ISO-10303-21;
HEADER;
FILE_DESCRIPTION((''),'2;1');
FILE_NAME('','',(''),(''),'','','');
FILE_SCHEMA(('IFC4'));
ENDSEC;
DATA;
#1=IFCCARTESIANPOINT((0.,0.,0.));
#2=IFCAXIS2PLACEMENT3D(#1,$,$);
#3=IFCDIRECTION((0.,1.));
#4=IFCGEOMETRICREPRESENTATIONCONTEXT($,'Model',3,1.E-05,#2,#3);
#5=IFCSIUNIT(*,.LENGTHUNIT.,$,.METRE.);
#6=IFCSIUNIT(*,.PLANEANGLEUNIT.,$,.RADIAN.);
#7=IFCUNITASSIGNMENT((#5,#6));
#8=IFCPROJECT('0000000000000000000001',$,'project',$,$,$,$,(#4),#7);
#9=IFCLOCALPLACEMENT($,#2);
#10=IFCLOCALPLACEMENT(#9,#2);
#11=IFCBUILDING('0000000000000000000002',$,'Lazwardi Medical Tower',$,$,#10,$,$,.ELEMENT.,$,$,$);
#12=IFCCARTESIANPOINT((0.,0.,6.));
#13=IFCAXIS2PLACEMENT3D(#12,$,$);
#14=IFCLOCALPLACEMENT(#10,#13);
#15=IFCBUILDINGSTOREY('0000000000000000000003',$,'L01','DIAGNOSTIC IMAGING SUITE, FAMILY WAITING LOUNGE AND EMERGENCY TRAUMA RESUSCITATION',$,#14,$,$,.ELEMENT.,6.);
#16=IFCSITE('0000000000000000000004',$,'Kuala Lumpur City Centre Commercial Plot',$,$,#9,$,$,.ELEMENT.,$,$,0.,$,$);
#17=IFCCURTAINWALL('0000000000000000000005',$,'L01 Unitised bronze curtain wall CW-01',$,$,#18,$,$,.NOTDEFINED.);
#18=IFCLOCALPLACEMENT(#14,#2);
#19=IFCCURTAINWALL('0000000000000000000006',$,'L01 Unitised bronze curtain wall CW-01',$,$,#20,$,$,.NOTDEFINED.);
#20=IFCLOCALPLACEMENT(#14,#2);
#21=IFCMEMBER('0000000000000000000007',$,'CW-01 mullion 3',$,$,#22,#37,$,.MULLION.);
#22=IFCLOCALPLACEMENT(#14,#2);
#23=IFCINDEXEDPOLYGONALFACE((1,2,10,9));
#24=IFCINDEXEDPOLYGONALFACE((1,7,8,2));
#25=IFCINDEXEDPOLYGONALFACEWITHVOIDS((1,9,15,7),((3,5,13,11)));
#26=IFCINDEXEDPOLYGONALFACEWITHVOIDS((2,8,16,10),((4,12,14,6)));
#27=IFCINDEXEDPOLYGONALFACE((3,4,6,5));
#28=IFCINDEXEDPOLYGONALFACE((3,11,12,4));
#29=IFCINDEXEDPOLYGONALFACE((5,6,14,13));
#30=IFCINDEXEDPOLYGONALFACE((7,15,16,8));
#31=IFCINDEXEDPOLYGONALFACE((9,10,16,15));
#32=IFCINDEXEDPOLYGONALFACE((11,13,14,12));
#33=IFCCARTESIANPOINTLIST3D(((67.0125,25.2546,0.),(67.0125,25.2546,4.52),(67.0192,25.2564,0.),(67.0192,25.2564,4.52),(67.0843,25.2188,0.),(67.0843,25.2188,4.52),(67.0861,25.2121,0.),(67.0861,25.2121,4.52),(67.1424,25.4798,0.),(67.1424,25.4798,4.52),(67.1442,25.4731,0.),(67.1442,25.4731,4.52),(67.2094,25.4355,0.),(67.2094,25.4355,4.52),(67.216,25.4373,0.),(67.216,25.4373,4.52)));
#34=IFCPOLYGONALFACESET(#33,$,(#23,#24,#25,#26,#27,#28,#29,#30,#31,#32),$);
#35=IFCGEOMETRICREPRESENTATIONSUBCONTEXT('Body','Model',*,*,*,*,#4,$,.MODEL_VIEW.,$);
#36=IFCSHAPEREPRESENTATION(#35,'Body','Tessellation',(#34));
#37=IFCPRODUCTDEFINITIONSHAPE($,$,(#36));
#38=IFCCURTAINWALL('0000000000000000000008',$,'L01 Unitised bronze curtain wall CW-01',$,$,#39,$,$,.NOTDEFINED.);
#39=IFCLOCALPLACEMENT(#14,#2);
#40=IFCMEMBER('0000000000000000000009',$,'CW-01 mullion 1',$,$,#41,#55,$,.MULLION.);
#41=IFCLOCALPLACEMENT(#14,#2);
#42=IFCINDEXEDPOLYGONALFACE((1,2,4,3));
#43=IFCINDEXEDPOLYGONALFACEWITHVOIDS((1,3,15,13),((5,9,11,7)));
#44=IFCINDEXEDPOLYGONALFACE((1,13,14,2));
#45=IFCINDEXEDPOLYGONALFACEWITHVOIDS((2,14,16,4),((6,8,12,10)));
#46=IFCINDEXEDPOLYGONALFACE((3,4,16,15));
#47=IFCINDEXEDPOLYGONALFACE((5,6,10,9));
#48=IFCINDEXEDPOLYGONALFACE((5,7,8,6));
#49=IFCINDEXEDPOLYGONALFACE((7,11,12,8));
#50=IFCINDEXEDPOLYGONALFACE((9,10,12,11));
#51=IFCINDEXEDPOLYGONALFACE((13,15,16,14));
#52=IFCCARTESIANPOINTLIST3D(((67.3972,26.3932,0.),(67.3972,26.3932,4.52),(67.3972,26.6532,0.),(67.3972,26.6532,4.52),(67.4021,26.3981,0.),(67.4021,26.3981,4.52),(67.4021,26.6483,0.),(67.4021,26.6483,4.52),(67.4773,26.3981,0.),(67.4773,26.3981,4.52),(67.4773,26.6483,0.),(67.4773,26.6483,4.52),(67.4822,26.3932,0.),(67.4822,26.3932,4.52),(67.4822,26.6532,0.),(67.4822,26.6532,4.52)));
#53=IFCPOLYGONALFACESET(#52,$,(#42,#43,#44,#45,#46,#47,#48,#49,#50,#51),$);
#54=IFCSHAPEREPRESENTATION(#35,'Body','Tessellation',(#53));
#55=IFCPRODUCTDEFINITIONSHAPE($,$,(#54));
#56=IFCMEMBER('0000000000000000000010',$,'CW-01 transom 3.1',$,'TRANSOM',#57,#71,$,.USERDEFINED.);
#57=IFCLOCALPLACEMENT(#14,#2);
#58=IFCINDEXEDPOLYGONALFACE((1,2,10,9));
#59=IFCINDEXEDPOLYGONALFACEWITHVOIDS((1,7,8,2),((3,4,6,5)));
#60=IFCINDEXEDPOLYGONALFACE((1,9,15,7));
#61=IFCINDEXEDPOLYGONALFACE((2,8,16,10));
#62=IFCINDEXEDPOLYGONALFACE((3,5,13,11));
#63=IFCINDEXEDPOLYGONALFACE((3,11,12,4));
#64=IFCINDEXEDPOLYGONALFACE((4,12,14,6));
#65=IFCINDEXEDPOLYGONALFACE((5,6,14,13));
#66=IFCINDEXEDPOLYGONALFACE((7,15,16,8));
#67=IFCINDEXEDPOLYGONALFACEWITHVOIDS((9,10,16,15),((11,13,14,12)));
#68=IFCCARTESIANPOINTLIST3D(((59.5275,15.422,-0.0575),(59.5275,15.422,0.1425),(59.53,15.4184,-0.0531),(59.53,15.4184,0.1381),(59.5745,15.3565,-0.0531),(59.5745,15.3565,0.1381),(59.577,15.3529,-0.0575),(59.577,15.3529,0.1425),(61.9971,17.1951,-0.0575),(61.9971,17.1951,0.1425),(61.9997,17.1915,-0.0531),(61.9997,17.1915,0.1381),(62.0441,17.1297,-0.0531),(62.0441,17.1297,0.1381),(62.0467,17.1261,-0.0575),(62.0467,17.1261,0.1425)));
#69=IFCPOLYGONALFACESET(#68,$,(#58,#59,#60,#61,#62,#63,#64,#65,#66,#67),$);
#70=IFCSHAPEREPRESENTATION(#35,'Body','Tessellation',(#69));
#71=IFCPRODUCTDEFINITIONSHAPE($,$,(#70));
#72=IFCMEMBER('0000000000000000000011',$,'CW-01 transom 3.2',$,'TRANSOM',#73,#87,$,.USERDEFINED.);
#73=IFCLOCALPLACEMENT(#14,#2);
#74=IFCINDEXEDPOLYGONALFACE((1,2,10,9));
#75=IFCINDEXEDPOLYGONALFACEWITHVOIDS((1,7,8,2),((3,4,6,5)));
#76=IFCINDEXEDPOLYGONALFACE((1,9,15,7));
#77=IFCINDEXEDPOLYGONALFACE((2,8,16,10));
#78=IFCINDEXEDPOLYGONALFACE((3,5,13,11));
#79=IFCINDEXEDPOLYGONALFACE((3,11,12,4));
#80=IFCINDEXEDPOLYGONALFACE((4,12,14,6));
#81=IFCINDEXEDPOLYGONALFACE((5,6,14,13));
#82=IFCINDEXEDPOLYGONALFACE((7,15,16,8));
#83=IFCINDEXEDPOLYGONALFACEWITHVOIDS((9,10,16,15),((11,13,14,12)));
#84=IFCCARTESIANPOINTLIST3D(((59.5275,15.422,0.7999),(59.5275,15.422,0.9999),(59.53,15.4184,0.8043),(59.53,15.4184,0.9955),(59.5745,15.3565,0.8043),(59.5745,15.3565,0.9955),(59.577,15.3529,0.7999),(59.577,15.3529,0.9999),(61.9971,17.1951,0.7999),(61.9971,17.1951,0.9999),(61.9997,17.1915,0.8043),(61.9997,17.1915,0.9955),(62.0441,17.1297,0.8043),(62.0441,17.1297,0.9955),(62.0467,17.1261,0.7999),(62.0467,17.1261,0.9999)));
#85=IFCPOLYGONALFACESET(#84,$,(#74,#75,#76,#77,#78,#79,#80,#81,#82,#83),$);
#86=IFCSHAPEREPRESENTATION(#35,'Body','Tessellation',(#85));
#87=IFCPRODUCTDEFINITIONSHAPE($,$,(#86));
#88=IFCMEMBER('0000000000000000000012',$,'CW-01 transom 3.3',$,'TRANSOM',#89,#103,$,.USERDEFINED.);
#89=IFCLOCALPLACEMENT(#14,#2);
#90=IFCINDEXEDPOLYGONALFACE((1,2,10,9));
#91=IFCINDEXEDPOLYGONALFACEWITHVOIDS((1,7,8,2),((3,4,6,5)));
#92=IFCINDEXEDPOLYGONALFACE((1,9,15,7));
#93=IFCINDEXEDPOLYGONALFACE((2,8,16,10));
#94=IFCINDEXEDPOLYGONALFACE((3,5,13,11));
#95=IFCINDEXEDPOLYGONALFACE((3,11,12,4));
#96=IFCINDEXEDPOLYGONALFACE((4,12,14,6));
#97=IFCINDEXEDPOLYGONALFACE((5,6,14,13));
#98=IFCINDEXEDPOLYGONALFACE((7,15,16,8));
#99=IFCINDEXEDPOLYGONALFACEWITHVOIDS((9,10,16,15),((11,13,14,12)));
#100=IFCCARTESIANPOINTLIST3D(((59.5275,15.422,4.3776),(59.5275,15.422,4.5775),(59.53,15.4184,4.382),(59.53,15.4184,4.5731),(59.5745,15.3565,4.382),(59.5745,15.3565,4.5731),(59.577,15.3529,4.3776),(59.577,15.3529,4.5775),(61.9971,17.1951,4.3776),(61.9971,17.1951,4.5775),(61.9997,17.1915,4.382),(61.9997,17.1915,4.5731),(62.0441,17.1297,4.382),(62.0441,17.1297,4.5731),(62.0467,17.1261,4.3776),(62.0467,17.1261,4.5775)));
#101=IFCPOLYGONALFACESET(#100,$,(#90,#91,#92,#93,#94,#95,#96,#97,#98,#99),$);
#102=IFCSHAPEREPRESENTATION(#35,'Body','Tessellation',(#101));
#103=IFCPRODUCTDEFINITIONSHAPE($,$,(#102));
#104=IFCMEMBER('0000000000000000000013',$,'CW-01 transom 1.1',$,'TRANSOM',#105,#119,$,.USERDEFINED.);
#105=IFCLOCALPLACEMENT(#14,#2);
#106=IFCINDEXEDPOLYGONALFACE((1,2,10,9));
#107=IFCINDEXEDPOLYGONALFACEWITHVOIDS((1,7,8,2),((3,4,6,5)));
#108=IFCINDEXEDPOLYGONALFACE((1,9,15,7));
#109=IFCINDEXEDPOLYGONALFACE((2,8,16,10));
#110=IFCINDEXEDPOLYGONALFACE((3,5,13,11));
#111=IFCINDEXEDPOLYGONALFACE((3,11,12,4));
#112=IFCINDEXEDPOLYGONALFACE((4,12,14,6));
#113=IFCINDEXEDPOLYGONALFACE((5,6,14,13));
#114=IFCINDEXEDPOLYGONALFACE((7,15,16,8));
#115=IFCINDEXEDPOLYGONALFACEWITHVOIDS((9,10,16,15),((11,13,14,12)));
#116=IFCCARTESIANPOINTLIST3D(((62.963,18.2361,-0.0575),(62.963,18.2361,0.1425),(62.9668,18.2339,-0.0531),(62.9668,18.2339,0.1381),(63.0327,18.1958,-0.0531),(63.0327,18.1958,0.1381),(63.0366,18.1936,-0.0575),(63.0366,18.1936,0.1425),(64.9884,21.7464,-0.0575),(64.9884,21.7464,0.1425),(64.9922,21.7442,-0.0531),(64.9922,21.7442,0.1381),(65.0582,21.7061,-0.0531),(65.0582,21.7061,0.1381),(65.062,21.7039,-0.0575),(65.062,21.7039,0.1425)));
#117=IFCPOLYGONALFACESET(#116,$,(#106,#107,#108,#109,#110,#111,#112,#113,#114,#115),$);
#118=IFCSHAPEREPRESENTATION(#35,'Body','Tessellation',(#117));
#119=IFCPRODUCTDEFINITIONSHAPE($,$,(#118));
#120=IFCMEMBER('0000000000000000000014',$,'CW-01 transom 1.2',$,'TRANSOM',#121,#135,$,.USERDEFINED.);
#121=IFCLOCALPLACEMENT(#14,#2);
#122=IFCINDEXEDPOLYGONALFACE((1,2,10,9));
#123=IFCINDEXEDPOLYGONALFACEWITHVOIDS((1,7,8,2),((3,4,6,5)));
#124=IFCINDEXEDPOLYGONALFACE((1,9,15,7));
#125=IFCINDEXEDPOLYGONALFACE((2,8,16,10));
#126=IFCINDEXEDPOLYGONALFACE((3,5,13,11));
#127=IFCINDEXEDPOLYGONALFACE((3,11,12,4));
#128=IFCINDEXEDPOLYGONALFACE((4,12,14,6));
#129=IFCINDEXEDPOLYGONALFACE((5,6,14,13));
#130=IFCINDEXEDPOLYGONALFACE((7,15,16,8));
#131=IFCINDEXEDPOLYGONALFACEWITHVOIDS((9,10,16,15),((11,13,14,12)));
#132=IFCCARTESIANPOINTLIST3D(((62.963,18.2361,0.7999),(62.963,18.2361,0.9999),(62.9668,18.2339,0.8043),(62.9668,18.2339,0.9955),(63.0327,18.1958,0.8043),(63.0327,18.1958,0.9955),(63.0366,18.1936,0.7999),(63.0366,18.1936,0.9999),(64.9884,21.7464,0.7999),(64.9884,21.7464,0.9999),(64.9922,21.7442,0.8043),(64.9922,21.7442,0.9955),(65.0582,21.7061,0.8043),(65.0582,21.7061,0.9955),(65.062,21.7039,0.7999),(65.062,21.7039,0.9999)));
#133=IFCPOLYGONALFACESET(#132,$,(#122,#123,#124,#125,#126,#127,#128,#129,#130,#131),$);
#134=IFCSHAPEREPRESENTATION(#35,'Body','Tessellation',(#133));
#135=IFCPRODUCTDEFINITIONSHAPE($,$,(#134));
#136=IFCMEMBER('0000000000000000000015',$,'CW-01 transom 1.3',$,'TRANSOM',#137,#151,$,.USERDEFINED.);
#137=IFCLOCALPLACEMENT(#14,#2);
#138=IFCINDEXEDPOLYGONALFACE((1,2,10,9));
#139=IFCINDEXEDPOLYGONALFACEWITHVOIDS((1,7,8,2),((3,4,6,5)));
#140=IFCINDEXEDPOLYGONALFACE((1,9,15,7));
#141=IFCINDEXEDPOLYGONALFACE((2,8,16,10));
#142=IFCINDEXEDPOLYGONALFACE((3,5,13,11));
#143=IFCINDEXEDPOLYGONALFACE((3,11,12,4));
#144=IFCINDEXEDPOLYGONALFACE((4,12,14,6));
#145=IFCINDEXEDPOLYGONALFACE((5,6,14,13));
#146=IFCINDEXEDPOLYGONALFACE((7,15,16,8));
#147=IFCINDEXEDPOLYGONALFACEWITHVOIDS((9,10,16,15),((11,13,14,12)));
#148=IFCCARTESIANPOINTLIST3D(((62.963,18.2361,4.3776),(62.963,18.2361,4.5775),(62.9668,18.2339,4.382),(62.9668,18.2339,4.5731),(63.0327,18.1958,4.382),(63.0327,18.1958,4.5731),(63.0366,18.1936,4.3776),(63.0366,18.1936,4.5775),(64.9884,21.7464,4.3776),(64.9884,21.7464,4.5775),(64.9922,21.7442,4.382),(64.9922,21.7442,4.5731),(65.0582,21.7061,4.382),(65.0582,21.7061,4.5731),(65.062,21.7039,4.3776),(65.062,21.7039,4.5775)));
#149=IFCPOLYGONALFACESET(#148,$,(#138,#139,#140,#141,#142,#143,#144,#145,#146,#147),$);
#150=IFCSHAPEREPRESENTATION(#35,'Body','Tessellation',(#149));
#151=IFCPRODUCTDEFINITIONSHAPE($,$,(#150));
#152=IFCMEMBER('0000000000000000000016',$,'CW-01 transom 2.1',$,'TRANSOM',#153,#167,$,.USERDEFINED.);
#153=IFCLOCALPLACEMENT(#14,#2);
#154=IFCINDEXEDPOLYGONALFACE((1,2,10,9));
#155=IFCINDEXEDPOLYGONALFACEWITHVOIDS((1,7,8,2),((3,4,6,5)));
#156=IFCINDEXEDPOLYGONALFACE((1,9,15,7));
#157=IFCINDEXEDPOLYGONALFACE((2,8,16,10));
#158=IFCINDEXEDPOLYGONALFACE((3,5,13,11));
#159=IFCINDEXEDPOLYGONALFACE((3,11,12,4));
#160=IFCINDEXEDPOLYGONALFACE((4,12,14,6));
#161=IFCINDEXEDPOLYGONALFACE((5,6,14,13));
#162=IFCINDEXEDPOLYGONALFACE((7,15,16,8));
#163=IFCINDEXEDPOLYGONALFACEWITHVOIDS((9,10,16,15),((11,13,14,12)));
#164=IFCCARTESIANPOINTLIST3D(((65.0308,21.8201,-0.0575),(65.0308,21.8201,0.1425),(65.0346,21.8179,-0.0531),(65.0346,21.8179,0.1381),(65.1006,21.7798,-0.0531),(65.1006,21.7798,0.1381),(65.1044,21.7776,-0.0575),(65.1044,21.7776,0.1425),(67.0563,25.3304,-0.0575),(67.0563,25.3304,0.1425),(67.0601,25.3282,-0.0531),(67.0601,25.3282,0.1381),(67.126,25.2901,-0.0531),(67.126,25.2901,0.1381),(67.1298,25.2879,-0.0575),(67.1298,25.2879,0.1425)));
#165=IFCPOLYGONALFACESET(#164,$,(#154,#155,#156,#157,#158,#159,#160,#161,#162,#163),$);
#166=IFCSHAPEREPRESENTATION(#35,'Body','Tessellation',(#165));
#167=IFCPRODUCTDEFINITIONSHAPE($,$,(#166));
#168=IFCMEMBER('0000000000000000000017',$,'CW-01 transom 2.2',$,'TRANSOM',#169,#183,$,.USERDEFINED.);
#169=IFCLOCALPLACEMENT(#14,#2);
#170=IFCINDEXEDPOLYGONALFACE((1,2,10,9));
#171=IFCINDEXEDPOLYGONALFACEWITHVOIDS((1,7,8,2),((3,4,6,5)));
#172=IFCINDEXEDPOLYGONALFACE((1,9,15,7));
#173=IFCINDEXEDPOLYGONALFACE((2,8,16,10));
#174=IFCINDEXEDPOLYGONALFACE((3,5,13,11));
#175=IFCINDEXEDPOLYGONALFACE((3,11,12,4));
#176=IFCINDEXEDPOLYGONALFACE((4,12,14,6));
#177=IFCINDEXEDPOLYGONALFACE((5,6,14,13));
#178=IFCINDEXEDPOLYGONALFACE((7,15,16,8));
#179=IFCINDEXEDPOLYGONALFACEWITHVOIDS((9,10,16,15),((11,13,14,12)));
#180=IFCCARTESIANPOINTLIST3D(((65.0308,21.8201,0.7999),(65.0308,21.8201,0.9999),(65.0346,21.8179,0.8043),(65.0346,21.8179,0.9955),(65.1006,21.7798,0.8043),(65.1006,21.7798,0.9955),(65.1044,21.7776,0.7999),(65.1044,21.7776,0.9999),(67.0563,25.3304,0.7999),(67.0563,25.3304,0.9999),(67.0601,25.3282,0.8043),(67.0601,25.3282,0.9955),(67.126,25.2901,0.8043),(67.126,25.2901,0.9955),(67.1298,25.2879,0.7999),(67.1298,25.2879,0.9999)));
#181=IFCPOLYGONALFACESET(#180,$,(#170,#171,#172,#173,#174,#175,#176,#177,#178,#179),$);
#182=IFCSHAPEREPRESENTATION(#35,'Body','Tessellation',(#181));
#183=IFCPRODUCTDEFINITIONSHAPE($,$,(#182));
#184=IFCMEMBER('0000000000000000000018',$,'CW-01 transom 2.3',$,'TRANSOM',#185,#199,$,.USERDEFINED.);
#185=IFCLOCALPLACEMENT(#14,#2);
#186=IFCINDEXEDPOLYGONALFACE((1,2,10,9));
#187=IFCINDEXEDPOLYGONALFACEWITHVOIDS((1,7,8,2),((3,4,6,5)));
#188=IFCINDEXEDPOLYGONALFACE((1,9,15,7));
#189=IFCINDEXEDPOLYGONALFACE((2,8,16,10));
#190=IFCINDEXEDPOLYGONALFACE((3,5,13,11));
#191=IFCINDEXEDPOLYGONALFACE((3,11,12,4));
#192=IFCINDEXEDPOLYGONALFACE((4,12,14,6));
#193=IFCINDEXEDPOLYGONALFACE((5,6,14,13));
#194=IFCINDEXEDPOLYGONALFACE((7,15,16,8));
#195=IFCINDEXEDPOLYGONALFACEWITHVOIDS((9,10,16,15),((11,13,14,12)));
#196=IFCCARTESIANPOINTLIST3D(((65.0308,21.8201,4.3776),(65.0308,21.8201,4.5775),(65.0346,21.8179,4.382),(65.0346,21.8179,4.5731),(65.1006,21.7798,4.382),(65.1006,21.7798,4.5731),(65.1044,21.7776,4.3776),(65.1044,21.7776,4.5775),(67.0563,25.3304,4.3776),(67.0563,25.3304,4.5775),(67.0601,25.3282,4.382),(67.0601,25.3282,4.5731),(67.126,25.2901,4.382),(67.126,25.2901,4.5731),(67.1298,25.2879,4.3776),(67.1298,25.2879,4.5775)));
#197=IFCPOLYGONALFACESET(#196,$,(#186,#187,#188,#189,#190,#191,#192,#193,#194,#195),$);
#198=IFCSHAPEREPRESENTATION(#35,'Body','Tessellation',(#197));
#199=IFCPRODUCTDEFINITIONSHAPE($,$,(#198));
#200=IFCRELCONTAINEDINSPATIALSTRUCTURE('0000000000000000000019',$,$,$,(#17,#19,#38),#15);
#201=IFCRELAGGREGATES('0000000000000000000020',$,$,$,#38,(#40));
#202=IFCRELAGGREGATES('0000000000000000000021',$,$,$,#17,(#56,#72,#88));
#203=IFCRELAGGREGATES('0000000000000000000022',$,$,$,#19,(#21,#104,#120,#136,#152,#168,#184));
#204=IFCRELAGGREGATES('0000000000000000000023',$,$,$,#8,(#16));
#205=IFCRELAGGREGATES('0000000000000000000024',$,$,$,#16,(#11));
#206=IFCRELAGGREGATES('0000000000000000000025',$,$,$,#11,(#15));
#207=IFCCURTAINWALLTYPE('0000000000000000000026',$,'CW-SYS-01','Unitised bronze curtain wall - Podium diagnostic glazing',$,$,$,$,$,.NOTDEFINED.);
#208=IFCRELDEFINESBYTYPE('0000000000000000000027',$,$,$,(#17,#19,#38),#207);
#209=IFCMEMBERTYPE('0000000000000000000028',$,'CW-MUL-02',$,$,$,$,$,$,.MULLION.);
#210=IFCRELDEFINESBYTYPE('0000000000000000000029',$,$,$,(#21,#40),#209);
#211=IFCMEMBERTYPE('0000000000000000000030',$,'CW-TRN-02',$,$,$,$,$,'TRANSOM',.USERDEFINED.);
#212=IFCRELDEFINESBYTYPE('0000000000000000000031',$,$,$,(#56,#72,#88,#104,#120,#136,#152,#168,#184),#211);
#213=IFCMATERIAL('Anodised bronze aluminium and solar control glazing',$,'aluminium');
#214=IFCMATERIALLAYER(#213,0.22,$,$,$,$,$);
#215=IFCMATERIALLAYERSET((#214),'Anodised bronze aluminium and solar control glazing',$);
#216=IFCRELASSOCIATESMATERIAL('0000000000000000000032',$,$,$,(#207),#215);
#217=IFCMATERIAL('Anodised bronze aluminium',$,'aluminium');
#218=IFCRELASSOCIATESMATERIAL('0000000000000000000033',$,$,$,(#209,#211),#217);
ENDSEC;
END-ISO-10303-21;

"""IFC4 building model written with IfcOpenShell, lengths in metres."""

from ifc_helpers import new_model, si_unit, direction, frame, origin, origin_2d, place, context, subcontext, project, spatial, hollow_rectangle, extrude, material, layer, layer_set, material_profile, profile_set, type_object, element, aggregate, save


model = new_model("IFC4")

# Units and contexts
model_context = context("Model", 3, precision=1e-05, world=origin(), true_north=direction((0.0, 1.0)))
body_context = subcontext(model_context, "Body", "Model", "MODEL_VIEW")
ifc_project = project(units=[si_unit("LENGTHUNIT", "METRE"), si_unit("PLANEANGLEUNIT", "RADIAN")], contexts=[model_context])

# Site, building, storey
site_placement = place(None, origin())
site = spatial("IfcSite", under=ifc_project, at=site_placement, Name="Kuala Lumpur City Centre Commercial Plot", CompositionType="ELEMENT", RefElevation=0.0)
building_placement = place(site_placement, origin())
building = spatial("IfcBuilding", under=site, at=building_placement, Name="Lazwardi Medical Tower", CompositionType="ELEMENT")
storey_placement = place(building_placement, frame((0.0, 0.0, 6.0)))
storey = spatial("IfcBuildingStorey", under=building, at=storey_placement, Name="L01", Description="DIAGNOSTIC IMAGING SUITE, FAMILY WAITING LOUNGE AND EMERGENCY TRAUMA RESUSCITATION", CompositionType="ELEMENT", Elevation=6.0)

# Curtain walls, member
ifc_material_1 = material(Name="Anodised bronze aluminium and solar control glazing", Category="aluminium")
ifc_layer_1 = layer(ifc_material_1, 0.22)
ifc_layer_set_1 = layer_set([ifc_layer_1], Name="Anodised bronze aluminium and solar control glazing")
curtain_wall_type = type_object("IfcCurtainWallType", Name="CW-SYS-01", Description="Unitised bronze curtain wall - Podium diagnostic glazing", PredefinedType="NOTDEFINED", material=ifc_layer_set_1)
curtain_wall_1_placement = place(storey_placement, origin())
curtain_wall_1 = element("IfcCurtainWall", 1, at=curtain_wall_1_placement, inside=storey, type_object=curtain_wall_type, Name="L01 Unitised bronze curtain wall CW-01", PredefinedType="NOTDEFINED")
ifc_material_2 = material(Name="Anodised bronze aluminium", Category="aluminium")
ifc_material_profile_1 = material_profile(ifc_material_2, hollow_rectangle(XDim=0.085, YDim=0.26, WallThickness=0.0049, at=origin_2d()), Name="ALU-MULLION 260x85x5")
ifc_profile_set_1 = profile_set([ifc_material_profile_1], Name="Anodised bronze aluminium")
member_type_1 = type_object("IfcMemberType", Name="CW-MUL-02", PredefinedType="MULLION", material=ifc_profile_set_1)
curtain_wall_2_placement = place(storey_placement, origin())
curtain_wall_2 = element("IfcCurtainWall", 2, at=curtain_wall_2_placement, inside=storey, type_object=curtain_wall_type, Name="L01 Unitised bronze curtain wall CW-01", PredefinedType="NOTDEFINED")
member_1_placement = place(storey_placement, frame((67.1143, 25.3459, 0.0), z_axis=(0.0, 0.0, 1.0), x_axis=(-0.866181, 0.499731, 0.0)))
member_1 = element("IfcMember", 3, at=member_1_placement, type_object=member_type_1, Name="CW-01 mullion 3", PredefinedType="MULLION", context=body_context, shape_type="SweptSolid", body=[
    extrude(hollow_rectangle(XDim=0.085, YDim=0.26, WallThickness=0.0049, at=origin_2d()), origin(), (0.0, 0.0, 1.0), 4.52),
])

# Curtain wall, member
curtain_wall_3_placement = place(storey_placement, origin())
curtain_wall_3 = element("IfcCurtainWall", 4, at=curtain_wall_3_placement, inside=storey, type_object=curtain_wall_type, Name="L01 Unitised bronze curtain wall CW-01", PredefinedType="NOTDEFINED")
member_2_placement = place(storey_placement, frame((67.4397, 26.5232, 0.0), z_axis=(0.0, 0.0, 1.0), x_axis=(-1.0, 0.0, 0.0)))
member_2 = element("IfcMember", 5, at=member_2_placement, type_object=member_type_1, Name="CW-01 mullion 1", PredefinedType="MULLION", context=body_context, shape_type="SweptSolid", body=[
    extrude(hollow_rectangle(XDim=0.085, YDim=0.26, WallThickness=0.0049, at=origin_2d()), origin(), (0.0, 0.0, 1.0), 4.52),
])

# Members
ifc_material_profile_2 = material_profile(ifc_material_2, hollow_rectangle(XDim=0.085, YDim=0.2, WallThickness=0.0044, at=origin_2d()), Name="ALU-TRANSOM 200x85x4.5")
ifc_profile_set_2 = profile_set([ifc_material_profile_2], Name="Anodised bronze aluminium")
member_type_2 = type_object("IfcMemberType", Name="CW-TRN-02", ElementType="TRANSOM", PredefinedType="USERDEFINED", material=ifc_profile_set_2)
member_3_placement = place(storey_placement, frame((59.5522, 15.3875, 0.0425), z_axis=(0.812315, 0.583219, 0.0), x_axis=(-0.583219, 0.812315, 0.0)))
member_3 = element("IfcMember", 6, at=member_3_placement, type_object=member_type_2, Name="CW-01 transom 3.1", ObjectType="TRANSOM", PredefinedType="USERDEFINED", context=body_context, shape_type="SweptSolid", body=[
    extrude(hollow_rectangle(XDim=0.085, YDim=0.2, WallThickness=0.0044, at=origin_2d()), origin(), (0.0, 0.0, 1.0), 3.0403),
])
member_4_placement = place(storey_placement, frame((59.5522, 15.3875, 0.8999), z_axis=(0.812315, 0.583219, 0.0), x_axis=(-0.583219, 0.812315, 0.0)))
member_4 = element("IfcMember", 7, at=member_4_placement, type_object=member_type_2, Name="CW-01 transom 3.2", ObjectType="TRANSOM", PredefinedType="USERDEFINED", context=body_context, shape_type="SweptSolid", body=[
    extrude(hollow_rectangle(XDim=0.085, YDim=0.2, WallThickness=0.0044, at=origin_2d()), origin(), (0.0, 0.0, 1.0), 3.0403),
])
member_5_placement = place(storey_placement, frame((59.5522, 15.3875, 4.4775), z_axis=(0.812315, 0.583219, 0.0), x_axis=(-0.583219, 0.812315, 0.0)))
member_5 = element("IfcMember", 8, at=member_5_placement, type_object=member_type_2, Name="CW-01 transom 3.3", ObjectType="TRANSOM", PredefinedType="USERDEFINED", context=body_context, shape_type="SweptSolid", body=[
    extrude(hollow_rectangle(XDim=0.085, YDim=0.2, WallThickness=0.0044, at=origin_2d()), origin(), (0.0, 0.0, 1.0), 3.0403),
])
member_6_placement = place(storey_placement, frame((62.9998, 18.2148, 0.0425), z_axis=(0.499768, 0.86616, 0.0), x_axis=(-0.86616, 0.499768, 0.0)))
member_6 = element("IfcMember", 9, at=member_6_placement, type_object=member_type_2, Name="CW-01 transom 1.1", ObjectType="TRANSOM", PredefinedType="USERDEFINED", context=body_context, shape_type="SweptSolid", body=[
    extrude(hollow_rectangle(XDim=0.085, YDim=0.2, WallThickness=0.0044, at=origin_2d()), origin(), (0.0, 0.0, 1.0), 4.0527),
])
member_7_placement = place(storey_placement, frame((62.9998, 18.2148, 0.8999), z_axis=(0.499768, 0.86616, 0.0), x_axis=(-0.86616, 0.499768, 0.0)))
member_7 = element("IfcMember", 10, at=member_7_placement, type_object=member_type_2, Name="CW-01 transom 1.2", ObjectType="TRANSOM", PredefinedType="USERDEFINED", context=body_context, shape_type="SweptSolid", body=[
    extrude(hollow_rectangle(XDim=0.085, YDim=0.2, WallThickness=0.0044, at=origin_2d()), origin(), (0.0, 0.0, 1.0), 4.0527),
])
member_8_placement = place(storey_placement, frame((62.9998, 18.2148, 4.4775), z_axis=(0.499768, 0.86616, 0.0), x_axis=(-0.86616, 0.499768, 0.0)))
member_8 = element("IfcMember", 11, at=member_8_placement, type_object=member_type_2, Name="CW-01 transom 1.3", ObjectType="TRANSOM", PredefinedType="USERDEFINED", context=body_context, shape_type="SweptSolid", body=[
    extrude(hollow_rectangle(XDim=0.085, YDim=0.2, WallThickness=0.0044, at=origin_2d()), origin(), (0.0, 0.0, 1.0), 4.0527),
])
member_9_placement = place(storey_placement, frame((65.0676, 21.7988, 0.0425), z_axis=(0.499768, 0.86616, 0.0), x_axis=(-0.86616, 0.499768, 0.0)))
member_9 = element("IfcMember", 12, at=member_9_placement, type_object=member_type_2, Name="CW-01 transom 2.1", ObjectType="TRANSOM", PredefinedType="USERDEFINED", context=body_context, shape_type="SweptSolid", body=[
    extrude(hollow_rectangle(XDim=0.085, YDim=0.2, WallThickness=0.0044, at=origin_2d()), origin(), (0.0, 0.0, 1.0), 4.0527),
])
member_10_placement = place(storey_placement, frame((65.0676, 21.7988, 0.8999), z_axis=(0.499768, 0.86616, 0.0), x_axis=(-0.86616, 0.499768, 0.0)))
member_10 = element("IfcMember", 13, at=member_10_placement, type_object=member_type_2, Name="CW-01 transom 2.2", ObjectType="TRANSOM", PredefinedType="USERDEFINED", context=body_context, shape_type="SweptSolid", body=[
    extrude(hollow_rectangle(XDim=0.085, YDim=0.2, WallThickness=0.0044, at=origin_2d()), origin(), (0.0, 0.0, 1.0), 4.0527),
])
member_11_placement = place(storey_placement, frame((65.0676, 21.7988, 4.4775), z_axis=(0.499768, 0.86616, 0.0), x_axis=(-0.86616, 0.499768, 0.0)))
member_11 = element("IfcMember", 14, at=member_11_placement, type_object=member_type_2, Name="CW-01 transom 2.3", ObjectType="TRANSOM", PredefinedType="USERDEFINED", context=body_context, shape_type="SweptSolid", body=[
    extrude(hollow_rectangle(XDim=0.085, YDim=0.2, WallThickness=0.0044, at=origin_2d()), origin(), (0.0, 0.0, 1.0), 4.0527),
])
aggregate(curtain_wall_3, [member_2])

aggregate(curtain_wall_1, [member_3, member_4, member_5])
aggregate(curtain_wall_2, [member_1, member_6, member_7, member_8, member_9, member_10, member_11])

save(model, "model.ifc")
